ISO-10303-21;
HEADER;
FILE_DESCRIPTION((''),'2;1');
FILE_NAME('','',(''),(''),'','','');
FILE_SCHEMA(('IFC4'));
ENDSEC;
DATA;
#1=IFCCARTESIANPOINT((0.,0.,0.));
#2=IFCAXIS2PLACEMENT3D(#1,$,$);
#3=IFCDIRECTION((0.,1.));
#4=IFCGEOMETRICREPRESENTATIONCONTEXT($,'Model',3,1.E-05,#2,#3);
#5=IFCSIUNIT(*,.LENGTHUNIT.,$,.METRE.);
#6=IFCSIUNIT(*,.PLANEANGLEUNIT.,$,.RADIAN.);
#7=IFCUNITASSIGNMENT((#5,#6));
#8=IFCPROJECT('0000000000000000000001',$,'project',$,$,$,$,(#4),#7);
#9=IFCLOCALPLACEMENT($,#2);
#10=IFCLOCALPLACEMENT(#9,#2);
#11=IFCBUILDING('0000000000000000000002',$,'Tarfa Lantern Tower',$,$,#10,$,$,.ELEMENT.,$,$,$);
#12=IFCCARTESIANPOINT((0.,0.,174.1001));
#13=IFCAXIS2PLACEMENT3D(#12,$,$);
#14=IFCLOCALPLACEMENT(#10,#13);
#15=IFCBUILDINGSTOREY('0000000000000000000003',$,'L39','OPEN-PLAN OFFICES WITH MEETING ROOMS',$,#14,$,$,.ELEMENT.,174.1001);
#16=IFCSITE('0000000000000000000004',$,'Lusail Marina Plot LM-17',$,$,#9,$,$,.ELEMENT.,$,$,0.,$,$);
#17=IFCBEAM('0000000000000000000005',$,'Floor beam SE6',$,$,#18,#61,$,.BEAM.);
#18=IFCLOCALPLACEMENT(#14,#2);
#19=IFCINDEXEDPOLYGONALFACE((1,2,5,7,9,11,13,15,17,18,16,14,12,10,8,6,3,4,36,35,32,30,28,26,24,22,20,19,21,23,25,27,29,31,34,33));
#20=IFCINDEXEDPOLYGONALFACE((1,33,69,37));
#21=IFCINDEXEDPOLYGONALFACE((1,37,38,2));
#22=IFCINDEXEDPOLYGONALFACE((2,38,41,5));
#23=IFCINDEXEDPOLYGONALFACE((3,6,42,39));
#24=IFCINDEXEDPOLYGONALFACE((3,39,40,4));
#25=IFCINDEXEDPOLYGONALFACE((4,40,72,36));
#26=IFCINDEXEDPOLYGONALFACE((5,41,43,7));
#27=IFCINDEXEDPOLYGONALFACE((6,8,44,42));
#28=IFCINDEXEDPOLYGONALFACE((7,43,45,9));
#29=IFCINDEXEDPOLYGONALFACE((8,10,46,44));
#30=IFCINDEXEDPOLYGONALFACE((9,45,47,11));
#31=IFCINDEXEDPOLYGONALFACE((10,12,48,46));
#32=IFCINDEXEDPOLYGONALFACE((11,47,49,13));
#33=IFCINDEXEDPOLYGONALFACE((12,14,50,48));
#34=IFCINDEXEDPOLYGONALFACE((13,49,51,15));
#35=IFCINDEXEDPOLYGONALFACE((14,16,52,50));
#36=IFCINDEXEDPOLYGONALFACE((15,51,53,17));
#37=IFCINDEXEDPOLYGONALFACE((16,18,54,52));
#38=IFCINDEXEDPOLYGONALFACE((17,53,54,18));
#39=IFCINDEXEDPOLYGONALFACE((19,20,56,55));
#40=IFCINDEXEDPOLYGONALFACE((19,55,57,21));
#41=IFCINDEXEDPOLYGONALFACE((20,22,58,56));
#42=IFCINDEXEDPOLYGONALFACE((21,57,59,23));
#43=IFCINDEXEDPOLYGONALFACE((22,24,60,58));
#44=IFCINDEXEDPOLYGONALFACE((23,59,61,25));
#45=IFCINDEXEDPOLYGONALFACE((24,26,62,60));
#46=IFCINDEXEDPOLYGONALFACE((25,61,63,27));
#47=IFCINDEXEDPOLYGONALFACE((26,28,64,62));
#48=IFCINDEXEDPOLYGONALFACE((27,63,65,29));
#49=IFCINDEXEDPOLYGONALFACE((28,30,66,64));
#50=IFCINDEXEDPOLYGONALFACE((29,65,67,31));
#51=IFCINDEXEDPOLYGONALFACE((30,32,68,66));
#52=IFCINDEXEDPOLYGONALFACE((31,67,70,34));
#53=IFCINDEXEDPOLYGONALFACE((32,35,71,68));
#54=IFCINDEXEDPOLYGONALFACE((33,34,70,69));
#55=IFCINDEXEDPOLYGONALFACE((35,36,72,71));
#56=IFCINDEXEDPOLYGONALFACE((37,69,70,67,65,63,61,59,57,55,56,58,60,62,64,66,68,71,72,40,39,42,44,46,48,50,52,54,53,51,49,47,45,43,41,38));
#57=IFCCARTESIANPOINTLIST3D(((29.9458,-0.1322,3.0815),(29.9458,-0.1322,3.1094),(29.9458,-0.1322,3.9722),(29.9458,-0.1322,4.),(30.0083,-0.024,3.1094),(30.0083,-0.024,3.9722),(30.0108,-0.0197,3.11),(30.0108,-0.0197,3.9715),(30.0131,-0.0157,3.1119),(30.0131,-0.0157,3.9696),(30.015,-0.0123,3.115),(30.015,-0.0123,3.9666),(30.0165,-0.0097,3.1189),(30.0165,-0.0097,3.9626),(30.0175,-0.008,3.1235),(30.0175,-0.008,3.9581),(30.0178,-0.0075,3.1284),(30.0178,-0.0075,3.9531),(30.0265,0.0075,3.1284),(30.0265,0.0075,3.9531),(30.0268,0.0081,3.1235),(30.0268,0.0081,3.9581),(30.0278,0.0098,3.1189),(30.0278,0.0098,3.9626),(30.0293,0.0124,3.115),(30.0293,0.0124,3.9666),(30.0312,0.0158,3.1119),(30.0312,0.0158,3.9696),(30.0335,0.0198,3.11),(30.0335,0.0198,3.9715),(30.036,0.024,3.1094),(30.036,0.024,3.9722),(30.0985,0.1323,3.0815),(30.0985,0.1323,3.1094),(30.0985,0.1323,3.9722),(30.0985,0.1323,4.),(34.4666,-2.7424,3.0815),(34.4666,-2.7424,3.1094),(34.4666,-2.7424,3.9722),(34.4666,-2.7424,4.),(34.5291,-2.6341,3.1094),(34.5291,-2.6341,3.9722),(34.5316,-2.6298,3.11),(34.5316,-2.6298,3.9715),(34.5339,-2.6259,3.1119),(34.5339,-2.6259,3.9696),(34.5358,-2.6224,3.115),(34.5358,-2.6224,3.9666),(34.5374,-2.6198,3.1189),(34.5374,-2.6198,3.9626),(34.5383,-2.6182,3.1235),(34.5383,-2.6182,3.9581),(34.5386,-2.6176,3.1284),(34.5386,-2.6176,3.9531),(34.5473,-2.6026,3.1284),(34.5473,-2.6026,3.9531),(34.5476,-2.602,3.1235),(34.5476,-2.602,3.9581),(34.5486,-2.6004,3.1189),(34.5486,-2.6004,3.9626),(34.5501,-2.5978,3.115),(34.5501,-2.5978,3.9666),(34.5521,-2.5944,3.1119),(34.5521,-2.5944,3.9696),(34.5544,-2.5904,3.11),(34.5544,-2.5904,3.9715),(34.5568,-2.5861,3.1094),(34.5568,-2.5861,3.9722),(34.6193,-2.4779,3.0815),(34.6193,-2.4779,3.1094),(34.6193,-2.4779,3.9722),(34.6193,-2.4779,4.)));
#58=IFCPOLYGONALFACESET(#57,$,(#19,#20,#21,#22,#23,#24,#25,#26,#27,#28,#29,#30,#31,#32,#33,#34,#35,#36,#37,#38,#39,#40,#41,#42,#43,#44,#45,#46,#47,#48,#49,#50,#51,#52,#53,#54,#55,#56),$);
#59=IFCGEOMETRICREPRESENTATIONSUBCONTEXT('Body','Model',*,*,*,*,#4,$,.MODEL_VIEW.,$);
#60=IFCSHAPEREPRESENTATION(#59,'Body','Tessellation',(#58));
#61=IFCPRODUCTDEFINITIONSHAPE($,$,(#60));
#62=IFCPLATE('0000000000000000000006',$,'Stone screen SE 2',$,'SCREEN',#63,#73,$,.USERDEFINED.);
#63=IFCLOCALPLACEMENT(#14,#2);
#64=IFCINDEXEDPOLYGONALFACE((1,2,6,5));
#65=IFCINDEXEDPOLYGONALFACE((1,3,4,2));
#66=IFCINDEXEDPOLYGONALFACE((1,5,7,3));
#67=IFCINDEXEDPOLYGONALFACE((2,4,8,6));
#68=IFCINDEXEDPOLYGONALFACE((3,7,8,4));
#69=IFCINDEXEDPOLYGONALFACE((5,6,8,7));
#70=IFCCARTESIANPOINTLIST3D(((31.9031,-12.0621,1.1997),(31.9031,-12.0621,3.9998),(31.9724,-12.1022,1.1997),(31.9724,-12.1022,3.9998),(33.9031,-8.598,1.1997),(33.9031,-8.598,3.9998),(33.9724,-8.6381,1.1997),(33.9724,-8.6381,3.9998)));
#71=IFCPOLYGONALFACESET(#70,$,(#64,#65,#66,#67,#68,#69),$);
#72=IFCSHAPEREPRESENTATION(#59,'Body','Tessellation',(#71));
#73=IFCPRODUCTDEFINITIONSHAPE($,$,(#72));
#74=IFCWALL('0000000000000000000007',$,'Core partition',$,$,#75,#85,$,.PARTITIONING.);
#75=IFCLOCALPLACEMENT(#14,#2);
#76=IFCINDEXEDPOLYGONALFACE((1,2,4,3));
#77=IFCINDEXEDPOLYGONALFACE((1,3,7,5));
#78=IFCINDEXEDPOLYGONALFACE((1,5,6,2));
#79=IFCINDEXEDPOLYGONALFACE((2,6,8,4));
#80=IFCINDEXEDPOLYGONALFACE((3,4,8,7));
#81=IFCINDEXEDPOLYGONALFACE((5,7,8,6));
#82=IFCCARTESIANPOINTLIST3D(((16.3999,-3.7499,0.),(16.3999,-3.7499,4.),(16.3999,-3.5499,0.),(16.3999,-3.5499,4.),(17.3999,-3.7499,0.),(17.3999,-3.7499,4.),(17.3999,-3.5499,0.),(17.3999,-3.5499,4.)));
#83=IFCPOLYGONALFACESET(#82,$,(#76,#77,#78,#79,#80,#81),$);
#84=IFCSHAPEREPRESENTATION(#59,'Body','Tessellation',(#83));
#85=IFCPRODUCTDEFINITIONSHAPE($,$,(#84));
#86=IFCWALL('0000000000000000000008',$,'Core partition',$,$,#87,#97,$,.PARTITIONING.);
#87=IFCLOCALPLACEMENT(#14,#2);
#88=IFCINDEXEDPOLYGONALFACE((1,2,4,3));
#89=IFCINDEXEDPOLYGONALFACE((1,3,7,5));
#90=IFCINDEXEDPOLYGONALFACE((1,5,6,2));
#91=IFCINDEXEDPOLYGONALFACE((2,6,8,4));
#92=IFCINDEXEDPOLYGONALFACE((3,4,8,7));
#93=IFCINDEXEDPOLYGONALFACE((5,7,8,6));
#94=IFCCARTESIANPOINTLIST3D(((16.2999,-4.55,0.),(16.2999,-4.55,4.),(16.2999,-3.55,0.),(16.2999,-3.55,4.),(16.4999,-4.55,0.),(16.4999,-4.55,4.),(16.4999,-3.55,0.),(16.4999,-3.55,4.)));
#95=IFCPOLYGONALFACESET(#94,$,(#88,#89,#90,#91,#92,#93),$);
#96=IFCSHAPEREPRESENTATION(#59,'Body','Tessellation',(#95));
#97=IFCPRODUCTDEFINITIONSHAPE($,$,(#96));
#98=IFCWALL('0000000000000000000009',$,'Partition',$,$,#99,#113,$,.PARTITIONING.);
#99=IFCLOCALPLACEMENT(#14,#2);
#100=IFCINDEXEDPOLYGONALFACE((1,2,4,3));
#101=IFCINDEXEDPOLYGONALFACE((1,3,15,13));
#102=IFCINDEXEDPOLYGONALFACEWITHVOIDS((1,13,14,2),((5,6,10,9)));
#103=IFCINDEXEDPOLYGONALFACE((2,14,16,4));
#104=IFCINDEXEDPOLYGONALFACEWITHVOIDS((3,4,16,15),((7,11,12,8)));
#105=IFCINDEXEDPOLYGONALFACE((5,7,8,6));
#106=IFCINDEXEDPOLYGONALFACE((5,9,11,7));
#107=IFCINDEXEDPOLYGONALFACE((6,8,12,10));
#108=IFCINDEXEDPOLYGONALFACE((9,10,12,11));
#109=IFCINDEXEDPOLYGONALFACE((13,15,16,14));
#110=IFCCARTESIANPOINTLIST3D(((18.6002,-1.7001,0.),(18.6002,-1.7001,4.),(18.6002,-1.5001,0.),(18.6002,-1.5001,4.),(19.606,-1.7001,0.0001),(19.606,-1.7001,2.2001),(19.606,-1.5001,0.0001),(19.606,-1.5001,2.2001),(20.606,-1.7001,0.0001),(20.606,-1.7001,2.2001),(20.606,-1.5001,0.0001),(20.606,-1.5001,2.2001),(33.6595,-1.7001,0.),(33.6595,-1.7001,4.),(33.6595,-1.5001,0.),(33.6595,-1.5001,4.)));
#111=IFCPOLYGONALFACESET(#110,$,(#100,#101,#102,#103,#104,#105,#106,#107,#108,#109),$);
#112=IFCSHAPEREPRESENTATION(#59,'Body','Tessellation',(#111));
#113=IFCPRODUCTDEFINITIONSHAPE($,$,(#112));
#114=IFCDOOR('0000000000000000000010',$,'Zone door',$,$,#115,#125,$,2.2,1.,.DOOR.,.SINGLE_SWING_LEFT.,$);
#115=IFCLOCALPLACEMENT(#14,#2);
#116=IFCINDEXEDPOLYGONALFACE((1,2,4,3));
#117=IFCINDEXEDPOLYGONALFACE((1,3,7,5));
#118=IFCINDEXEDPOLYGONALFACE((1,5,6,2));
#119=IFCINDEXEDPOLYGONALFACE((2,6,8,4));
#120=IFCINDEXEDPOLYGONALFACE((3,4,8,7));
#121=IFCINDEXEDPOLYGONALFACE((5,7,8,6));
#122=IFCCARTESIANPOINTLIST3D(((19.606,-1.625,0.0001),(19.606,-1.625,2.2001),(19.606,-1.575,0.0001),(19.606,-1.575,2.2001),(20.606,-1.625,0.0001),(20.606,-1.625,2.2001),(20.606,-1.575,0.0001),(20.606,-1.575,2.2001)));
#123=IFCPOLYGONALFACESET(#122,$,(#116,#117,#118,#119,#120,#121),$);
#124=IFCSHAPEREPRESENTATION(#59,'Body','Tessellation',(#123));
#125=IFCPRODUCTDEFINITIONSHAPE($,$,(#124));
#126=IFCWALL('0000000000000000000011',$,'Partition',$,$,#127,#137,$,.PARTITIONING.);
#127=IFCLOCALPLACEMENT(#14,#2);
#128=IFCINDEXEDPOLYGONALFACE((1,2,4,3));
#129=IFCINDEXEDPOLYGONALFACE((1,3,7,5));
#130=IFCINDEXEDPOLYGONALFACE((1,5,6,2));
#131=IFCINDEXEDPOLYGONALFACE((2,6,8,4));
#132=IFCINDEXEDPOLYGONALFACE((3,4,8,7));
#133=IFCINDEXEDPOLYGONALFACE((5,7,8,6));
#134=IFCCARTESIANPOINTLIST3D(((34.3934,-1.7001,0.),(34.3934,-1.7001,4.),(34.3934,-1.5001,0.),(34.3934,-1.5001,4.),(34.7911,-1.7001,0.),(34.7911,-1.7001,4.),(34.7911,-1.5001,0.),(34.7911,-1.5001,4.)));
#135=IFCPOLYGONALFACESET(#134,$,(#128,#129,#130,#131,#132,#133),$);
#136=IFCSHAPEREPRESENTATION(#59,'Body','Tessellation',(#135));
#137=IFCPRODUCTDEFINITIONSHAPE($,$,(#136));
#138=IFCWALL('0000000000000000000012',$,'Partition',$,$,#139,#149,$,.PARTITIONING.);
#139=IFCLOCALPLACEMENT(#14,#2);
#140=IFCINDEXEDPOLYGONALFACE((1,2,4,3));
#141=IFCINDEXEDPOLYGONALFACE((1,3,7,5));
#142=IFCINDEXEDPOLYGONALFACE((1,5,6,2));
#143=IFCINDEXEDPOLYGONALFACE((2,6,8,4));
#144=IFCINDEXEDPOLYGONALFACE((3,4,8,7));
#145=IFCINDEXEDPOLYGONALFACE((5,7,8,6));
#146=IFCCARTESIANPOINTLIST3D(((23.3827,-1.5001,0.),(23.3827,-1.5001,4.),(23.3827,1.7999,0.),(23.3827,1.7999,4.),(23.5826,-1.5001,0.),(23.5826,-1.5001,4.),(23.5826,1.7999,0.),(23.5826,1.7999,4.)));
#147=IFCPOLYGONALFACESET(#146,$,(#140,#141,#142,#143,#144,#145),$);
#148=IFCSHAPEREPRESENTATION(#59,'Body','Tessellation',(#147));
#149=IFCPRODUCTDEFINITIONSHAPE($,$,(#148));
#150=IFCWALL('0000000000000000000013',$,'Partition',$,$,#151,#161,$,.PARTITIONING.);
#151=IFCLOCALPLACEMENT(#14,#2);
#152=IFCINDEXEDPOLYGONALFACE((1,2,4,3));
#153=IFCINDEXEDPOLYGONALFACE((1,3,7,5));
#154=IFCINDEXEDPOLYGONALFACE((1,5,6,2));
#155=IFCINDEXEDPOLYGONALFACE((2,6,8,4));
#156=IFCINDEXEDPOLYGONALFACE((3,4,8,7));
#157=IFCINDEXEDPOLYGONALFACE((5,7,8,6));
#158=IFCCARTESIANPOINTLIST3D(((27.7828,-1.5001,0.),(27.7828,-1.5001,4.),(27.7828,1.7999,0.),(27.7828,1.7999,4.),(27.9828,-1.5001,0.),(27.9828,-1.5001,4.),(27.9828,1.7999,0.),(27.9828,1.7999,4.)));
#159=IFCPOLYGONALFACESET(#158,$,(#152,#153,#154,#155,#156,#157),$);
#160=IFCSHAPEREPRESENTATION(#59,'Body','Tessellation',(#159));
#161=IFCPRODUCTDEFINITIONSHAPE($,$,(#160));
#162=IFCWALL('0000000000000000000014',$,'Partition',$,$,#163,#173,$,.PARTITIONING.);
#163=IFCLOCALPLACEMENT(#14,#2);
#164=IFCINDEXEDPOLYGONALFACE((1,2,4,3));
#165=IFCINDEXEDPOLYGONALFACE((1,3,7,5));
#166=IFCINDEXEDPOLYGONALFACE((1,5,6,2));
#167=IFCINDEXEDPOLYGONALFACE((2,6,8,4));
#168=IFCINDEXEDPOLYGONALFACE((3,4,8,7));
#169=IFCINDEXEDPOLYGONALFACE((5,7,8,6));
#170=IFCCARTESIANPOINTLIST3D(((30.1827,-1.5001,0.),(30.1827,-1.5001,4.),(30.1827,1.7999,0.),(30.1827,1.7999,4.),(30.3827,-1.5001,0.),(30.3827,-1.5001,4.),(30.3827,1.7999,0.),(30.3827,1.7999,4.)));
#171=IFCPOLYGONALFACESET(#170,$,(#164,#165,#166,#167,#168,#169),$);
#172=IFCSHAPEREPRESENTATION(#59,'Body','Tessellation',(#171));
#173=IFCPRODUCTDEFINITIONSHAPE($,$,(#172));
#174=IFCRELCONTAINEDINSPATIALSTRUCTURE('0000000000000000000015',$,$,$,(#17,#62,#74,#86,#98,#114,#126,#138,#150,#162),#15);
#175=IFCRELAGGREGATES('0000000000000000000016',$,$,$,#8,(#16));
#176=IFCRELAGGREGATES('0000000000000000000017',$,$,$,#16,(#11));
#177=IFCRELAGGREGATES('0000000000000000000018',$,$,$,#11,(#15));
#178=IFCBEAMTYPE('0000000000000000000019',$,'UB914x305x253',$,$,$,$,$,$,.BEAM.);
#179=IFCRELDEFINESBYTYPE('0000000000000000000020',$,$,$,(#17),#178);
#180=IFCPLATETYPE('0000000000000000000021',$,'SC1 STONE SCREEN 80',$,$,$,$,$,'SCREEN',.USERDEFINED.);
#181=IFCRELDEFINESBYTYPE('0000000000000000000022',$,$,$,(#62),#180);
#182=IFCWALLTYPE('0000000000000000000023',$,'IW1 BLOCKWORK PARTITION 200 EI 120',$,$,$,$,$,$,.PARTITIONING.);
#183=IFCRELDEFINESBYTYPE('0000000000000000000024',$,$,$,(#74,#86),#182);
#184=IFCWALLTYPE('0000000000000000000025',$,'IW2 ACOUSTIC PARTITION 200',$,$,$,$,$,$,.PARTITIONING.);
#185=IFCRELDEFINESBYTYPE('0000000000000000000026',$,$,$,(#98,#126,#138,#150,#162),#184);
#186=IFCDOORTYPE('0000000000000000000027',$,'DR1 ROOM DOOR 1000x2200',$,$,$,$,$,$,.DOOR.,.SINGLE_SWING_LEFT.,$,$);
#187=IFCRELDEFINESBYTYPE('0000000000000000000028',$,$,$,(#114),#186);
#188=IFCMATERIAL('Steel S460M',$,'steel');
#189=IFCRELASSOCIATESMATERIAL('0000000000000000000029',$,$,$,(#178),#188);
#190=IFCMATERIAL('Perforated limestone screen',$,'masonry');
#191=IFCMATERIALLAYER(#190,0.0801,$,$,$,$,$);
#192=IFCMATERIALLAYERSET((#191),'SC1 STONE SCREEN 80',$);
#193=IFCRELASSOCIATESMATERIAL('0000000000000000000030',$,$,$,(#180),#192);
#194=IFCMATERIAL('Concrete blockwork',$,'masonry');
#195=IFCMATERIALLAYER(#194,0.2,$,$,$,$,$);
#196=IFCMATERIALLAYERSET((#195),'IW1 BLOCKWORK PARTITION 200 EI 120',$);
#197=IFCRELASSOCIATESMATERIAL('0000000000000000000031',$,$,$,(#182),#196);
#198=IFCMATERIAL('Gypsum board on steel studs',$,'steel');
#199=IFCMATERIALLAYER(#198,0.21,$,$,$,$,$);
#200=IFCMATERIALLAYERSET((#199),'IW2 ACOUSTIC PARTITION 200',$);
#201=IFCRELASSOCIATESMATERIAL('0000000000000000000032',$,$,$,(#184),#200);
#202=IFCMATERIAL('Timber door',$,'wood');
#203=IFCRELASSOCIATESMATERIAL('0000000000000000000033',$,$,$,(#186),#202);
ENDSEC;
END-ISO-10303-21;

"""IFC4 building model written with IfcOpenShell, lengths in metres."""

from ifc_helpers import new_model, si_unit, direction, frame, frame_2d, origin, origin_2d, place, context, subcontext, project, spatial, rectangle, i_section, extrude, material, layer, layer_set, material_profile, profile_set, type_object, element, fill, save


model = new_model("IFC4")

# Units and contexts
model_context = context("Model", 3, precision=1e-05, world=origin(), true_north=direction((0.0, 1.0)))
body_context = subcontext(model_context, "Body", "Model", "MODEL_VIEW")
ifc_project = project(units=[si_unit("LENGTHUNIT", "METRE"), si_unit("PLANEANGLEUNIT", "RADIAN")], contexts=[model_context])

# Site, building, storey
site_placement = place(None, origin())
site = spatial("IfcSite", under=ifc_project, at=site_placement, Name="Lusail Marina Plot LM-17", CompositionType="ELEMENT", RefElevation=0.0)
building_placement = place(site_placement, origin())
building = spatial("IfcBuilding", under=site, at=building_placement, Name="Tarfa Lantern Tower", CompositionType="ELEMENT")
storey_placement = place(building_placement, frame((0.0, 0.0, 174.1001)))
storey = spatial("IfcBuildingStorey", under=building, at=storey_placement, Name="L39", Description="OPEN-PLAN OFFICES WITH MEETING ROOMS", CompositionType="ELEMENT", Elevation=174.1001)

# Beam
ifc_material_1 = material(Name="Steel S460M", Category="steel")
ifc_material_profile_1 = material_profile(ifc_material_1, i_section(OverallWidth=0.3054, OverallDepth=0.9185, WebThickness=0.0173, FlangeThickness=0.0278, FilletRadius=0.019, at=origin_2d()), Name="UB914x305x253")
ifc_profile_set_1 = profile_set([ifc_material_profile_1], Name="Steel S460M")
beam_type_1 = type_object("IfcBeamType", Name="UB914x305x253", PredefinedType="BEAM", material=ifc_profile_set_1)
beam_1_placement = place(storey_placement, frame((34.543, -2.6101, 3.5408), z_axis=(-0.866021, 0.500007, 0.0), x_axis=(-0.500007, -0.866021, 0.0)))
element("IfcBeam", 1, at=beam_1_placement, inside=storey, type_object=beam_type_1, Name="Floor beam SE6", PredefinedType="BEAM", context=body_context, shape_type="SweptSolid", body=[
    extrude(i_section(OverallWidth=0.3054, OverallDepth=0.9185, WebThickness=0.0173, FlangeThickness=0.0278, FilletRadius=0.019, at=origin_2d()), origin(), (0.0, 0.0, 1.0), 5.2202),
])

# Plate
ifc_material_2 = material(Name="Perforated limestone screen", Category="masonry")
ifc_layer_1 = layer(ifc_material_2, 0.0801)
ifc_layer_set_1 = layer_set([ifc_layer_1], Name="SC1 STONE SCREEN 80")
plate_type = type_object("IfcPlateType", Name="SC1 STONE SCREEN 80", ElementType="SCREEN", PredefinedType="USERDEFINED", material=ifc_layer_set_1)
plate_placement = place(storey_placement, frame((32.9377, -10.3501, 1.1997), z_axis=(0.0, 0.0, 1.0), x_axis=(0.5, 0.866025, 0.0)))
element("IfcPlate", 2, at=plate_placement, inside=storey, type_object=plate_type, Name="Stone screen SE 2", ObjectType="SCREEN", PredefinedType="USERDEFINED", context=body_context, shape_type="SweptSolid", body=[
    extrude(rectangle(XDim=4.0, YDim=0.0801, at=origin_2d()), origin(), (0.0, 0.0, 1.0), 2.8),
])

# Walls
ifc_material_3 = material(Name="Concrete blockwork", Category="masonry")
ifc_layer_2 = layer(ifc_material_3, 0.2)
ifc_layer_set_2 = layer_set([ifc_layer_2], Name="IW1 BLOCKWORK PARTITION 200 EI 120")
wall_type_1 = type_object("IfcWallType", Name="IW1 BLOCKWORK PARTITION 200 EI 120", PredefinedType="PARTITIONING", material=ifc_layer_set_2)
for number, where, z_axis, x_axis, name in (
    (3, (17.3999, -3.6499, 0.0), (0.0, 0.0, 1.0), (-1.0, 0.0, 0.0), "Core partition"),
    (4, (16.3999, -3.55, 0.0), (0.0, 0.0, 1.0), (0.0, -1.0, 0.0), "Core partition"),
):
    element("IfcWall", number, at=place(storey_placement, frame(where, z_axis=z_axis, x_axis=x_axis)), inside=storey, type_object=wall_type_1, Name=name, PredefinedType="PARTITIONING", context=body_context, shape_type="SweptSolid", body=[
        extrude(rectangle(XDim=1.0, YDim=0.2, at=frame_2d((0.5, 0.0))), origin(), (0.0, 0.0, 1.0), 4.0),
    ])

# Wall, opening, door
ifc_material_4 = material(Name="Gypsum board on steel studs", Category="steel")
ifc_layer_3 = layer(ifc_material_4, 0.21)
ifc_layer_set_3 = layer_set([ifc_layer_3], Name="IW2 ACOUSTIC PARTITION 200")
wall_type_2 = type_object("IfcWallType", Name="IW2 ACOUSTIC PARTITION 200", PredefinedType="PARTITIONING", material=ifc_layer_set_3)
wall_1_placement = place(storey_placement, frame((18.6001, -1.6001, 0.0), z_axis=(0.0, 0.0, 1.0), x_axis=(1.0, 0.0, 0.0)))
wall_1 = element("IfcWall", 5, at=wall_1_placement, inside=storey, type_object=wall_type_2, Name="Partition", PredefinedType="PARTITIONING", context=body_context, shape_type="SweptSolid", body=[
    extrude(rectangle(XDim=15.0593, YDim=0.2, at=frame_2d((7.5298, 0.0))), origin(), (0.0, 0.0, 1.0), 4.0),
])
opening_1_placement = place(wall_1_placement, frame((1.0059, 0.0, 0.0)))
opening_1 = element("IfcOpeningElement", 6, at=opening_1_placement, cuts=wall_1, PredefinedType="OPENING", context=body_context, shape_type="SweptSolid", body=[
    extrude(rectangle(XDim=1.0, YDim=2.2, at=frame_2d((0.5, 1.1001))), frame((0.0, 0.1099, 0.0), z_axis=(0.0, -1.0, 0.0), x_axis=(1.0, 0.0, 0.0)), (0.0, 0.0, 1.0), 0.22),
])
ifc_material_5 = material(Name="Timber door", Category="wood")
door_type_1 = type_object("IfcDoorType", Name="DR1 ROOM DOOR 1000x2200", OperationType="SINGLE_SWING_LEFT", PredefinedType="DOOR", material=ifc_material_5)
door_1_placement = place(opening_1_placement, frame((1.0, 0.0, 0.0), z_axis=(0.0, 0.0, 1.0), x_axis=(-1.0, 0.0, 0.0)))
door_1 = element("IfcDoor", 7, at=door_1_placement, inside=storey, type_object=door_type_1, Name="Zone door", OperationType="SINGLE_SWING_LEFT", OverallHeight=2.2, OverallWidth=1.0, PredefinedType="DOOR", context=body_context, shape_type="SweptSolid", body=[
    extrude(rectangle(XDim=1.0, YDim=2.2, at=frame_2d((0.5, 1.1001))), frame((0.0, 0.0249, 0.0), z_axis=(0.0, -1.0, 0.0), x_axis=(1.0, 0.0, 0.0)), (0.0, 0.0, 1.0), 0.05),
])
fill(opening_1, door_1)

# Walls
wall_2_placement = place(storey_placement, frame((34.3936, -1.6001, 0.0), z_axis=(0.0, 0.0, 1.0), x_axis=(1.0, 0.0, 0.0)))
element("IfcWall", 8, at=wall_2_placement, inside=storey, type_object=wall_type_2, Name="Partition", PredefinedType="PARTITIONING", context=body_context, shape_type="SweptSolid", body=[
    extrude(rectangle(XDim=0.3977, YDim=0.2, at=frame_2d((0.1987, 0.0))), origin(), (0.0, 0.0, 1.0), 4.0),
])
for number, where, z_axis, x_axis, name in (
    (9, (23.4827, -1.5, 0.0), (0.0, 0.0, 1.0), (0.0, 1.0, 0.0), "Partition"),
    (10, (27.8828, -1.5, 0.0), (0.0, 0.0, 1.0), (0.0, 1.0, 0.0), "Partition"),
    (11, (30.2827, -1.5, 0.0), (0.0, 0.0, 1.0), (0.0, 1.0, 0.0), "Partition"),
):
    element("IfcWall", number, at=place(storey_placement, frame(where, z_axis=z_axis, x_axis=x_axis)), inside=storey, type_object=wall_type_2, Name=name, PredefinedType="PARTITIONING", context=body_context, shape_type="SweptSolid", body=[
        extrude(rectangle(XDim=3.3, YDim=0.2, at=frame_2d((1.6499, 0.0))), origin(), (0.0, 0.0, 1.0), 4.0),
    ])

save(model, "model.ifc")
